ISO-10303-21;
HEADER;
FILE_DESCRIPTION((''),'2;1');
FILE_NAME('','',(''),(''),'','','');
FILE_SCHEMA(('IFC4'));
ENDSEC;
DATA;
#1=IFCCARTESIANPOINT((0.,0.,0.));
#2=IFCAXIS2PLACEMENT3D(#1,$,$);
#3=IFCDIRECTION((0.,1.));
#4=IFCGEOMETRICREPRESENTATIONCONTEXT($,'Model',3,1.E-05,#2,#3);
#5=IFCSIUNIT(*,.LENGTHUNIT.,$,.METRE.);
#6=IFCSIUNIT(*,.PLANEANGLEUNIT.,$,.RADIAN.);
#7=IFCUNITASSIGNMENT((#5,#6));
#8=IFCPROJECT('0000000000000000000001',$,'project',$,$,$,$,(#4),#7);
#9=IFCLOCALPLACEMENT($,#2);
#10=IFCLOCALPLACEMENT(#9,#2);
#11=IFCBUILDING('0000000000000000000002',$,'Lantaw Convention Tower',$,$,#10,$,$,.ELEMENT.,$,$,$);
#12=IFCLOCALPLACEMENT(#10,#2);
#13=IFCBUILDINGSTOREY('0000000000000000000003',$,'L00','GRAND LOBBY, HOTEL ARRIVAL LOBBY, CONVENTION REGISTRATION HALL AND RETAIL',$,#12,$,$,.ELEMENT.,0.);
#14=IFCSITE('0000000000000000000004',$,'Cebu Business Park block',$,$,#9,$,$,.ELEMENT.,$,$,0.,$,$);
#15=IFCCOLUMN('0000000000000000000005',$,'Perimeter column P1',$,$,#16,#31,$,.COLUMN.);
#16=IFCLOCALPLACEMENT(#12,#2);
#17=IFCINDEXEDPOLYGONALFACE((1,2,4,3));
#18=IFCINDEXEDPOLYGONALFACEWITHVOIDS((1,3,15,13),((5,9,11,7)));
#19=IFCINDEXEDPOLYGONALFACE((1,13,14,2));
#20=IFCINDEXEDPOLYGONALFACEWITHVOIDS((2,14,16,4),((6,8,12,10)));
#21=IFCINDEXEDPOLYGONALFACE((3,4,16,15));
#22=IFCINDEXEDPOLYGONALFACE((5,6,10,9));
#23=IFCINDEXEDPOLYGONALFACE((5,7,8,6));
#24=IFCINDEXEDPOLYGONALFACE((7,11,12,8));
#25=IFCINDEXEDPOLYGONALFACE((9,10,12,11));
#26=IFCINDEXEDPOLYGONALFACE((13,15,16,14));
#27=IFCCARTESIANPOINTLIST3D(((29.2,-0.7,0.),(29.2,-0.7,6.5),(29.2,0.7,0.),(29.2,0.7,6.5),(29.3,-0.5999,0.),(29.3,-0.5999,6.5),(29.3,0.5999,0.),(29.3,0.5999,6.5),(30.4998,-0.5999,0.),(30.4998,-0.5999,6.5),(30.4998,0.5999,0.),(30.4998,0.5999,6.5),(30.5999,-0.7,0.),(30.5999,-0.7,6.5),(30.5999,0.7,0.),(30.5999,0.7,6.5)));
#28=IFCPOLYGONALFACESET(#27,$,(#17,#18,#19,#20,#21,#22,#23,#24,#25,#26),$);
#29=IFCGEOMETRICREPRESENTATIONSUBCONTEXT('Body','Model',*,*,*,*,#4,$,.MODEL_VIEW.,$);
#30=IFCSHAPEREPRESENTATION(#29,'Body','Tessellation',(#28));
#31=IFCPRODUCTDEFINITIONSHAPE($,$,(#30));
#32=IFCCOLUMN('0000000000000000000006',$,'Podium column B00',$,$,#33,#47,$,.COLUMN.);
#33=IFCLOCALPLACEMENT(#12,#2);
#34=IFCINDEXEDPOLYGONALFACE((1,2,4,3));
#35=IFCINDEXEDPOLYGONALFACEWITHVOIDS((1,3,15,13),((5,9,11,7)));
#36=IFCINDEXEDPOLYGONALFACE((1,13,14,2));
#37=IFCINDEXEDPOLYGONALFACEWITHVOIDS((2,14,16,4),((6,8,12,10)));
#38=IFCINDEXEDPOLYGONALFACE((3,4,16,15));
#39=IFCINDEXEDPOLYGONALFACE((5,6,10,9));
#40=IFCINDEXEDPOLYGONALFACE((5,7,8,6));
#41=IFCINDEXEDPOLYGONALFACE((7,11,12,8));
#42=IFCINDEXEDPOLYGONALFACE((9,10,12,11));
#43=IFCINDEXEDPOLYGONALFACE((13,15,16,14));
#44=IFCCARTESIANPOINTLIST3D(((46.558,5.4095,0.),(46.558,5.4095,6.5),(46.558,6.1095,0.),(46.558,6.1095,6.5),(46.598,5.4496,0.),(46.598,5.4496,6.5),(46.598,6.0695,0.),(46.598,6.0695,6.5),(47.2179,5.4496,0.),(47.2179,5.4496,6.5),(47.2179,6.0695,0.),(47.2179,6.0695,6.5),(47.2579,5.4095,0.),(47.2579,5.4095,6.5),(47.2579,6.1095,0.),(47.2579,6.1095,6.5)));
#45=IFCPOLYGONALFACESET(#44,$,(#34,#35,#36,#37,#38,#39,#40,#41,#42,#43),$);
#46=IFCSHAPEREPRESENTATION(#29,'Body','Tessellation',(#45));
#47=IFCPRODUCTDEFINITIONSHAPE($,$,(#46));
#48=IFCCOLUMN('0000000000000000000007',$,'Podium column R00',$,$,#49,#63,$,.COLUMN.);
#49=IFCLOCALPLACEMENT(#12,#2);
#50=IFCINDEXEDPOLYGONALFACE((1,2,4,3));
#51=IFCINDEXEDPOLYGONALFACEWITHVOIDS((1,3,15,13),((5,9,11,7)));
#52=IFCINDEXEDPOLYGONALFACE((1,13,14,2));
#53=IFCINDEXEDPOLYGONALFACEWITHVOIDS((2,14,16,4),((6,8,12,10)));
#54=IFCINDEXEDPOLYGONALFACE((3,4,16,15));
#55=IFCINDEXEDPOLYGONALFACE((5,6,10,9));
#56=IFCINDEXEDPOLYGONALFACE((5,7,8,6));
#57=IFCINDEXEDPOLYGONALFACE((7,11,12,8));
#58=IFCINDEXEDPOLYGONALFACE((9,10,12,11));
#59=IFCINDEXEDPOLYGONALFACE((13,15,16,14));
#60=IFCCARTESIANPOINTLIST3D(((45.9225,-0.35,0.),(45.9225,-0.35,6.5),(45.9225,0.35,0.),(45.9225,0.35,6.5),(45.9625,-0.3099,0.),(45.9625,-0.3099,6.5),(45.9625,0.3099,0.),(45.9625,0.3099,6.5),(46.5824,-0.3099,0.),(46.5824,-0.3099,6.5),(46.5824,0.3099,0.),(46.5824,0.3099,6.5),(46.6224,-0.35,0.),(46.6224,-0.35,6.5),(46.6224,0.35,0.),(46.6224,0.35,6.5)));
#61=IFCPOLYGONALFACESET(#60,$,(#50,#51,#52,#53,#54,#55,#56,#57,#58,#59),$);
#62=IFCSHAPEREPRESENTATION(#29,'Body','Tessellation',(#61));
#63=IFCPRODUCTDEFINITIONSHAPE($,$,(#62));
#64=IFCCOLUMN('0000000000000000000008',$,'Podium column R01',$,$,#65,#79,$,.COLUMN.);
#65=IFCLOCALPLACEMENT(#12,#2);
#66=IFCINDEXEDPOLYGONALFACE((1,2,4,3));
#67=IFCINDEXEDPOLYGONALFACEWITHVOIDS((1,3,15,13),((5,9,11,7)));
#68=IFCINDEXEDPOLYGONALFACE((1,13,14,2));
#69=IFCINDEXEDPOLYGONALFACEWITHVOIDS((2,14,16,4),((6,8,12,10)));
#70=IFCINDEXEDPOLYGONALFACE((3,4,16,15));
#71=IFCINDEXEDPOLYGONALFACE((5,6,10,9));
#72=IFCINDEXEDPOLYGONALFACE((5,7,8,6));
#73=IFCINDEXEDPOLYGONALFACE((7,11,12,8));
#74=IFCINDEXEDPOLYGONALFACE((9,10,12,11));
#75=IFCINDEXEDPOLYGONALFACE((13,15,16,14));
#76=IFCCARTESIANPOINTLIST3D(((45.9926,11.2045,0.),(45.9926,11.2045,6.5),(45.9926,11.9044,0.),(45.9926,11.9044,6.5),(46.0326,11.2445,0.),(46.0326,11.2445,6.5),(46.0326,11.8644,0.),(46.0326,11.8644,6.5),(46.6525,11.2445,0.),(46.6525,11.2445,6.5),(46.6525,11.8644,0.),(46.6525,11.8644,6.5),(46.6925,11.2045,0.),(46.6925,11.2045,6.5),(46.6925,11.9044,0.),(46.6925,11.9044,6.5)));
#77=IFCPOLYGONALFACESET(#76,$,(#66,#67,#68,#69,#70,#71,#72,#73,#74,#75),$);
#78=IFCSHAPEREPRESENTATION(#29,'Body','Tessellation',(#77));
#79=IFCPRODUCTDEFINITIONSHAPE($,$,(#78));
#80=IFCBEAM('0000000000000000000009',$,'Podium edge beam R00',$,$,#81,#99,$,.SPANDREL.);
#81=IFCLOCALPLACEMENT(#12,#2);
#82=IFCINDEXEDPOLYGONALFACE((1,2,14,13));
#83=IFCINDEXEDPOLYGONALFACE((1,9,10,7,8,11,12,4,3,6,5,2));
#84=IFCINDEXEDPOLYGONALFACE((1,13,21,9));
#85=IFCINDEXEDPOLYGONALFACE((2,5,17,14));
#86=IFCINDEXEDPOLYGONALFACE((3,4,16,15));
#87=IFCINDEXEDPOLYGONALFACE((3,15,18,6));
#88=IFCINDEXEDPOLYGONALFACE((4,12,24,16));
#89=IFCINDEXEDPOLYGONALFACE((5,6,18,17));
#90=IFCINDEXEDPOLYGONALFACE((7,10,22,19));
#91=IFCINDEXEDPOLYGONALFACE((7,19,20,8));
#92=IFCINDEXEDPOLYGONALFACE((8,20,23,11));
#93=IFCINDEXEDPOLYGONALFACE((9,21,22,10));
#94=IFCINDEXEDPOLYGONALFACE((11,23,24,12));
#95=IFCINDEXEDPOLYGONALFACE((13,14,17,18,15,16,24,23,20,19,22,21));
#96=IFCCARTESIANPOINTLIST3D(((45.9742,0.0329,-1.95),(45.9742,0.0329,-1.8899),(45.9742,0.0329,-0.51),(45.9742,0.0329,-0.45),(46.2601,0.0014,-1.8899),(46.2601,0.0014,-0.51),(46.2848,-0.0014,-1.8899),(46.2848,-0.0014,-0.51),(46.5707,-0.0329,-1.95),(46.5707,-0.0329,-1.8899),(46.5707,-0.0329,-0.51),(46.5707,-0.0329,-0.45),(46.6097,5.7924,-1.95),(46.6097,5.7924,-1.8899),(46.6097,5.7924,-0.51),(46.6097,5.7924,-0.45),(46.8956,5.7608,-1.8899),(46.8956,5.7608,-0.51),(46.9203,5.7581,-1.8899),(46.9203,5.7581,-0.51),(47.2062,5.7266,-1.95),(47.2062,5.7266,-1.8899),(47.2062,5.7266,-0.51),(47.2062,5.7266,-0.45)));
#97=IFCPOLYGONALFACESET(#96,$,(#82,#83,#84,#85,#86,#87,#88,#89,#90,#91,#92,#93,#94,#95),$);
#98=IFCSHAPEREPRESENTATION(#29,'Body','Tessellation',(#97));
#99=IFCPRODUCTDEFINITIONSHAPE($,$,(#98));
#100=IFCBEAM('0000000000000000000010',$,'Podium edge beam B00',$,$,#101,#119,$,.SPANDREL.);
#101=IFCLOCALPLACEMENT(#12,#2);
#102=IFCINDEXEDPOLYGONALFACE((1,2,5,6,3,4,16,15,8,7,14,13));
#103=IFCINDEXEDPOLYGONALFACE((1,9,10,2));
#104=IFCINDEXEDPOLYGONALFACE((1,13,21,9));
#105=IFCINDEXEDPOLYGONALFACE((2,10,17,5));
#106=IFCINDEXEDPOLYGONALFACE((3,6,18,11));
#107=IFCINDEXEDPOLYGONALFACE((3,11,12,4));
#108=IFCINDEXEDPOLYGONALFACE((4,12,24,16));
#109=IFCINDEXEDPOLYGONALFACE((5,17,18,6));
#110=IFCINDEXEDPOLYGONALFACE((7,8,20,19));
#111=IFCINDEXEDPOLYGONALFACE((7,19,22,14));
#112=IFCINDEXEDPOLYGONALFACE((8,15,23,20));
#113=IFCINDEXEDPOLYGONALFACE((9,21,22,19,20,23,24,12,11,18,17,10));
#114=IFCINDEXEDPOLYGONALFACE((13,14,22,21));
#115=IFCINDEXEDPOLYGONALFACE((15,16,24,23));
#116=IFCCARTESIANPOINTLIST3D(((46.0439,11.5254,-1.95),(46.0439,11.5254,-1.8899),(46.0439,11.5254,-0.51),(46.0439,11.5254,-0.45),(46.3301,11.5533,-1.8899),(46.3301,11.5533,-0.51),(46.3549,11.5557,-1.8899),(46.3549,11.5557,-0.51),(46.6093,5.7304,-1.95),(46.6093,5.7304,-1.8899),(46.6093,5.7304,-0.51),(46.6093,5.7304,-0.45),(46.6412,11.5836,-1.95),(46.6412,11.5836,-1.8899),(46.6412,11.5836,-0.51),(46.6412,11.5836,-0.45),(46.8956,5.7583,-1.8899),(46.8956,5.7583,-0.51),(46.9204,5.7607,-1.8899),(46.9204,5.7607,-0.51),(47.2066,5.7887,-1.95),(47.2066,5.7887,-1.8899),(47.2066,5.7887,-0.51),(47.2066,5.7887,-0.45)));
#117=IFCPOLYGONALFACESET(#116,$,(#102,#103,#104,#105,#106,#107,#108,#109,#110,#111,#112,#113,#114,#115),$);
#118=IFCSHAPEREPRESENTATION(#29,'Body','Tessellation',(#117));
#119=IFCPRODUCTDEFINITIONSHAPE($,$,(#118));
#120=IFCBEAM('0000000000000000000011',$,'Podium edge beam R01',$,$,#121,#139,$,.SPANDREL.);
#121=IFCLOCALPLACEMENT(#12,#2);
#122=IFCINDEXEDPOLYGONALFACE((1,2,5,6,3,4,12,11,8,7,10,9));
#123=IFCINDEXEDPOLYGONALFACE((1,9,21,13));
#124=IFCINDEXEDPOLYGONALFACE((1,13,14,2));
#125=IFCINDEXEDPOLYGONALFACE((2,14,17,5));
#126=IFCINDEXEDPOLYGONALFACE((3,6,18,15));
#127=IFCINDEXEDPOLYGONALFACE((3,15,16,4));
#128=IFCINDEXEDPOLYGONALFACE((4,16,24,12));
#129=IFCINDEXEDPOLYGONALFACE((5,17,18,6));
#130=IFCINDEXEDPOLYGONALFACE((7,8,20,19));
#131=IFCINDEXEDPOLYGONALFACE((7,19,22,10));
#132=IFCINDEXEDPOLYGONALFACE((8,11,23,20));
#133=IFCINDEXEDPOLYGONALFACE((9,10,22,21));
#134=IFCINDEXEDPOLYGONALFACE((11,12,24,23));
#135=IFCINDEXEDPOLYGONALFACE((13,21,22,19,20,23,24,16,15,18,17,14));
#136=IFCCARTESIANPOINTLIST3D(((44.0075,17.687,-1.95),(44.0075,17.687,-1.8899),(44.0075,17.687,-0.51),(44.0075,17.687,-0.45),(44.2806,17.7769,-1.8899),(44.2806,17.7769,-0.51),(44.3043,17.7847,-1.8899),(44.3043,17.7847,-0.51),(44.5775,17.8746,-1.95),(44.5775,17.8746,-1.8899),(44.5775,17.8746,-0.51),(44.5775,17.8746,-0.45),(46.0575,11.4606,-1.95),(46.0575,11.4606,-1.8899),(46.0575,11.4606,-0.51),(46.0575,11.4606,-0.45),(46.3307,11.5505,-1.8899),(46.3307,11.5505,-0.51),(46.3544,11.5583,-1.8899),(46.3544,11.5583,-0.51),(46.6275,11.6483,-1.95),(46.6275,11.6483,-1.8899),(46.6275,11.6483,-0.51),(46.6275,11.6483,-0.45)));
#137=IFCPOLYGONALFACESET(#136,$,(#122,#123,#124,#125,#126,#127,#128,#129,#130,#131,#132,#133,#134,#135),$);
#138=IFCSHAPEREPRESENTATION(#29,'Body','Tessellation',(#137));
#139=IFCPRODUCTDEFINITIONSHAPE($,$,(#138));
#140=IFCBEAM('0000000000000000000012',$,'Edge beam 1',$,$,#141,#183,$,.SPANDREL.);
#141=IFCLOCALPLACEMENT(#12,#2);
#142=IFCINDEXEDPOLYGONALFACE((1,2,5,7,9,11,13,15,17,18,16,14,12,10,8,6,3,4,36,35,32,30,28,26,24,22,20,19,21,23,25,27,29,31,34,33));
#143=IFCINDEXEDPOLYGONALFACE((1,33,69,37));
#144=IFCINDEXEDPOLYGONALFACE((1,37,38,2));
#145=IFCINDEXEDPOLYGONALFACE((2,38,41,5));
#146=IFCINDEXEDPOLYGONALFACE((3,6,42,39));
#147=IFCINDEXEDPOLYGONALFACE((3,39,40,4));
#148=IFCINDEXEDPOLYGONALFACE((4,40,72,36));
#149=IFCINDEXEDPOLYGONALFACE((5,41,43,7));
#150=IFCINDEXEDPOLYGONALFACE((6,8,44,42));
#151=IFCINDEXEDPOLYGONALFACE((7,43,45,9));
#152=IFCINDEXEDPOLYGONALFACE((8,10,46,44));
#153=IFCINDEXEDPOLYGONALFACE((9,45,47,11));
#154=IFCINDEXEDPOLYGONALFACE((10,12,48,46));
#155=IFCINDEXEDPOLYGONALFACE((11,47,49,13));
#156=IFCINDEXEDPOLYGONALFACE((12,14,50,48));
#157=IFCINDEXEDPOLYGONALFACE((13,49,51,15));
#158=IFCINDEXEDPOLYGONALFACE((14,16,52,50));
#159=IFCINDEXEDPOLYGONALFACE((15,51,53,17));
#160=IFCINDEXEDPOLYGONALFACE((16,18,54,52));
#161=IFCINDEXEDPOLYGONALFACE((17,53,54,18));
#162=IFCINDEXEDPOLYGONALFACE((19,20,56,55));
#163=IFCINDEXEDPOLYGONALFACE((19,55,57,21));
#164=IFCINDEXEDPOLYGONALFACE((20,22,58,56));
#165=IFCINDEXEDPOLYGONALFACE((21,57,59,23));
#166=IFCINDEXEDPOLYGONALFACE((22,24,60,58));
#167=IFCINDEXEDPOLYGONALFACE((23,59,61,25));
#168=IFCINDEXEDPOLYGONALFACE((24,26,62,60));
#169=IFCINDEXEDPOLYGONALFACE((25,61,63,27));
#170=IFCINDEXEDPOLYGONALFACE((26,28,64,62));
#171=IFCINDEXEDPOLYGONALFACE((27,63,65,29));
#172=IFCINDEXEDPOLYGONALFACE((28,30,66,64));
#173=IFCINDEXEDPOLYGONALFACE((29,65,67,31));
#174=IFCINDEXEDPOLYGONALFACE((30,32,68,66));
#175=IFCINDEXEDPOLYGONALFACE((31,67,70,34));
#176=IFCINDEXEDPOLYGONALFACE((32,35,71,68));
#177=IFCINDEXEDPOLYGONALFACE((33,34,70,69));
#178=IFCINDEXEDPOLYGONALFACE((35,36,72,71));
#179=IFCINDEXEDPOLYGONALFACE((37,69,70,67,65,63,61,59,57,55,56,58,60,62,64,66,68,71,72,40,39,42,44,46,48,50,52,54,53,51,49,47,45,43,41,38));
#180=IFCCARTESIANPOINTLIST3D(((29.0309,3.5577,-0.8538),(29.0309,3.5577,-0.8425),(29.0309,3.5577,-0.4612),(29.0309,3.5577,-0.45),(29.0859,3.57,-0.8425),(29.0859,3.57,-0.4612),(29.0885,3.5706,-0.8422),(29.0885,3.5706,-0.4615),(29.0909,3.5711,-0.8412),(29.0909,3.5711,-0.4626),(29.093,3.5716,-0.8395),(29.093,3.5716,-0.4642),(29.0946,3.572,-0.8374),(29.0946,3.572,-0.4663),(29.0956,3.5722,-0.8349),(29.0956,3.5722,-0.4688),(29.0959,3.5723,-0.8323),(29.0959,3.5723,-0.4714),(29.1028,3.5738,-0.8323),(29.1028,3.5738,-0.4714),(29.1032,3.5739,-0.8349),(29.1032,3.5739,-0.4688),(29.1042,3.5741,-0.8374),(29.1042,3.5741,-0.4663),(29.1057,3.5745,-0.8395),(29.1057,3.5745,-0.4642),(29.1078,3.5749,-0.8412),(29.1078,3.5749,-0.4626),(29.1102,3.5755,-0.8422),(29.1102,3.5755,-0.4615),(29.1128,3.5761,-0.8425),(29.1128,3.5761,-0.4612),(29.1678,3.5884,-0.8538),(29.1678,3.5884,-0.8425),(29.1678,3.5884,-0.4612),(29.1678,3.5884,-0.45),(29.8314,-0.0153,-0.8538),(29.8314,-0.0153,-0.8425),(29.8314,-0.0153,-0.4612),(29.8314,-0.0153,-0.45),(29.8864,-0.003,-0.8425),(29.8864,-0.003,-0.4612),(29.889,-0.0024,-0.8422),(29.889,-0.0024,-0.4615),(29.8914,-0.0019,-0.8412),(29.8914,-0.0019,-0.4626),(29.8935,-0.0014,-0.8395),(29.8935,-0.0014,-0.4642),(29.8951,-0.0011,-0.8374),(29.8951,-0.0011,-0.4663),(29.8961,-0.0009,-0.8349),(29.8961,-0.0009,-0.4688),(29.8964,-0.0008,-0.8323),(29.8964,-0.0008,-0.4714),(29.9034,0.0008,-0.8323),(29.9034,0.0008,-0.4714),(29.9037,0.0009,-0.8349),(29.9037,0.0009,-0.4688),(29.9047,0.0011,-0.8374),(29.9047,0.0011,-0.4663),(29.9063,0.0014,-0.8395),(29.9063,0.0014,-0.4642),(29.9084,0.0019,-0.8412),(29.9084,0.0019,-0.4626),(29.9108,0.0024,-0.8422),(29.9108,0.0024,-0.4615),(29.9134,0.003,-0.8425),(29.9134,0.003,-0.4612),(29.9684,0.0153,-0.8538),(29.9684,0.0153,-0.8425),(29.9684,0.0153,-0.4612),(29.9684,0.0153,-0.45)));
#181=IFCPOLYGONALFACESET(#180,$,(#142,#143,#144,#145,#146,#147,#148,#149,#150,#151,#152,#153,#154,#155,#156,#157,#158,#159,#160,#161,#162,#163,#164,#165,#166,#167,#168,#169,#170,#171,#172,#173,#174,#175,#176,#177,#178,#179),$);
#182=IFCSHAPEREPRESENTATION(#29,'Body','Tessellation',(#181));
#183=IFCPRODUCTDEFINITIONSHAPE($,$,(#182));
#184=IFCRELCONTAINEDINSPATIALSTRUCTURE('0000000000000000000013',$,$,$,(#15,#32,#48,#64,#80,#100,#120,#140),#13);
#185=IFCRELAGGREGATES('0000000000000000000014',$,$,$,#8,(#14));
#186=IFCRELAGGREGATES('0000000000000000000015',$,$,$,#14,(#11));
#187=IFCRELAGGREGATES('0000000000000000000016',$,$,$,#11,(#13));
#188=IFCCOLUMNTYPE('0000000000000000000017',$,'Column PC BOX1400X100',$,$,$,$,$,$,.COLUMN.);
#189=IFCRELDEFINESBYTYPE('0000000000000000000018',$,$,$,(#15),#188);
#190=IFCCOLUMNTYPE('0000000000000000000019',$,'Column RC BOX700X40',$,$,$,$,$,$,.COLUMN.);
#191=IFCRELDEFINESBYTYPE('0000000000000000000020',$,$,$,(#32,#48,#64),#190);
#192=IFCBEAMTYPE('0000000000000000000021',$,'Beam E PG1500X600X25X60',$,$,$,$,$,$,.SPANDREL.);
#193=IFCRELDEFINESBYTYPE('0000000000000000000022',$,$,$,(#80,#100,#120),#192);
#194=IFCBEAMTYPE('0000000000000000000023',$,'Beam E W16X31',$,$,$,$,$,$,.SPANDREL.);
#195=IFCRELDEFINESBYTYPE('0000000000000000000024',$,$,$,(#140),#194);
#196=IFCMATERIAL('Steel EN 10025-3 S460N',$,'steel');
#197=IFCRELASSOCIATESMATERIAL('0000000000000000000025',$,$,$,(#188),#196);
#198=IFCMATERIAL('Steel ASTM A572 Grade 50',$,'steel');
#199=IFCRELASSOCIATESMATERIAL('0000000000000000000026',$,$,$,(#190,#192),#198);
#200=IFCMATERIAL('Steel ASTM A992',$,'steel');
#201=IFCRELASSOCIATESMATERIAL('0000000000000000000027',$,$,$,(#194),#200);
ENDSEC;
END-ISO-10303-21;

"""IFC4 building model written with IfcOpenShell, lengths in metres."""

from ifc_helpers import new_model, si_unit, direction, frame, origin, origin_2d, place, context, subcontext, project, spatial, rectangle, hollow_rectangle, i_section, extrude, material, material_profile, profile_set, type_object, element, save


model = new_model("IFC4")

# Units and contexts
model_context = context("Model", 3, precision=1e-05, world=origin(), true_north=direction((0.0, 1.0)))
body_context = subcontext(model_context, "Body", "Model", "MODEL_VIEW")
ifc_project = project(units=[si_unit("LENGTHUNIT", "METRE"), si_unit("PLANEANGLEUNIT", "RADIAN")], contexts=[model_context])

# Site, building, storey
site_placement = place(None, origin())
site = spatial("IfcSite", under=ifc_project, at=site_placement, Name="Cebu Business Park block", CompositionType="ELEMENT", RefElevation=0.0)
building_placement = place(site_placement, origin())
building = spatial("IfcBuilding", under=site, at=building_placement, Name="Lantaw Convention Tower", CompositionType="ELEMENT")
storey_placement = place(building_placement, origin())
storey = spatial("IfcBuildingStorey", under=building, at=storey_placement, Name="L00", Description="GRAND LOBBY, HOTEL ARRIVAL LOBBY, CONVENTION REGISTRATION HALL AND RETAIL", CompositionType="ELEMENT", Elevation=0.0)

# Columns
ifc_material_1 = material(Name="Steel EN 10025-3 S460N", Category="steel")
ifc_material_profile_1 = material_profile(ifc_material_1, hollow_rectangle(XDim=1.3999, YDim=1.3999, WallThickness=0.1001, at=origin_2d()), Name="BOX1400X100")
ifc_material_2 = material(Name="Concrete C60/75", Category="concrete")
ifc_material_profile_2 = material_profile(ifc_material_2, rectangle(XDim=1.2, YDim=1.2, at=origin_2d()), Name="Concrete fill of BOX1400X100")
ifc_profile_set_1 = profile_set([ifc_material_profile_1, ifc_material_profile_2], Name="Steel EN 10025-3 S460N")
column_type_1 = type_object("IfcColumnType", Name="Column PC BOX1400X100", PredefinedType="COLUMN", material=ifc_profile_set_1)
column_placement = place(storey_placement, frame((29.8999, 0.0, 0.0), z_axis=(0.0, 0.0, 1.0), x_axis=(1.0, 0.0, 0.0)))
element("IfcColumn", 1, at=column_placement, inside=storey, type_object=column_type_1, Name="Perimeter column P1", PredefinedType="COLUMN", context=body_context, shape_type="SweptSolid", body=[
    extrude(hollow_rectangle(XDim=1.3999, YDim=1.3999, WallThickness=0.1001, at=origin_2d()), origin(), (0.0, 0.0, 1.0), 6.5),
])
ifc_material_3 = material(Name="Steel ASTM A572 Grade 50", Category="steel")
ifc_material_profile_3 = material_profile(ifc_material_3, hollow_rectangle(XDim=0.7, YDim=0.7, WallThickness=0.04, at=origin_2d()), Name="BOX700X40")
ifc_profile_set_2 = profile_set([ifc_material_profile_3], Name="Steel ASTM A572 Grade 50")
column_type_2 = type_object("IfcColumnType", Name="Column RC BOX700X40", PredefinedType="COLUMN", material=ifc_profile_set_2)
for number, where, z_axis, x_axis, name in (
    (2, (46.908, 5.7595, 0.0), (0.0, 0.0, 1.0), (1.0, 0.0, 0.0), "Podium column B00"),
    (3, (46.2725, 0.0, 0.0), (0.0, 0.0, 1.0), (1.0, 0.0, 0.0), "Podium column R00"),
    (4, (46.3425, 11.5544, 0.0), (0.0, 0.0, 1.0), (1.0, 0.0, 0.0), "Podium column R01"),
):
    element("IfcColumn", number, at=place(storey_placement, frame(where, z_axis=z_axis, x_axis=x_axis)), inside=storey, type_object=column_type_2, Name=name, PredefinedType="COLUMN", context=body_context, shape_type="SweptSolid", body=[
        extrude(hollow_rectangle(XDim=0.7, YDim=0.7, WallThickness=0.04, at=origin_2d()), origin(), (0.0, 0.0, 1.0), 6.5),
    ])

# Beams
ifc_material_profile_4 = material_profile(ifc_material_3, i_section(OverallWidth=0.6001, OverallDepth=1.5, WebThickness=0.0249, FlangeThickness=0.0601, at=origin_2d()), Name="PG1500X600X25X60")
ifc_profile_set_3 = profile_set([ifc_material_profile_4], Name="Steel ASTM A572 Grade 50")
beam_type_1 = type_object("IfcBeamType", Name="Beam E PG1500X600X25X60", PredefinedType="SPANDREL", material=ifc_profile_set_3)
beam_1_placement = place(storey_placement, frame((46.2725, 0.0, -1.2), z_axis=(0.109673, 0.993968, 0.0), x_axis=(-0.993968, 0.109673, 0.0)))
element("IfcBeam", 5, at=beam_1_placement, inside=storey, type_object=beam_type_1, Name="Podium edge beam R00", PredefinedType="SPANDREL", context=body_context, shape_type="SweptSolid", body=[
    extrude(i_section(OverallWidth=0.6001, OverallDepth=1.5, WebThickness=0.0249, FlangeThickness=0.0601, at=origin_2d()), origin(), (0.0, 0.0, 1.0), 5.7944),
])
beam_2_placement = place(storey_placement, frame((46.908, 5.7595, -1.2), z_axis=(-0.097112, 0.995273, 0.0), x_axis=(-0.995273, -0.097112, 0.0)))
element("IfcBeam", 6, at=beam_2_placement, inside=storey, type_object=beam_type_1, Name="Podium edge beam B00", PredefinedType="SPANDREL", context=body_context, shape_type="SweptSolid", body=[
    extrude(i_section(OverallWidth=0.6001, OverallDepth=1.5, WebThickness=0.0249, FlangeThickness=0.0601, at=origin_2d()), origin(), (0.0, 0.0, 1.0), 5.8225),
])
beam_3_placement = place(storey_placement, frame((46.3425, 11.5544, -1.2), z_axis=(-0.31274, 0.949839, 0.0), x_axis=(-0.949839, -0.31274, 0.0)))
element("IfcBeam", 7, at=beam_3_placement, inside=storey, type_object=beam_type_1, Name="Podium edge beam R01", PredefinedType="SPANDREL", context=body_context, shape_type="SweptSolid", body=[
    extrude(i_section(OverallWidth=0.6001, OverallDepth=1.5, WebThickness=0.0249, FlangeThickness=0.0601, at=origin_2d()), origin(), (0.0, 0.0, 1.0), 6.5552),
])
ifc_material_4 = material(Name="Steel ASTM A992", Category="steel")
ifc_material_profile_5 = material_profile(ifc_material_4, i_section(OverallWidth=0.1404, OverallDepth=0.4038, WebThickness=0.0071, FlangeThickness=0.0112, FilletRadius=0.0103, at=origin_2d()), Name="W16X31")
ifc_profile_set_4 = profile_set([ifc_material_profile_5], Name="Steel ASTM A992")
beam_type_2 = type_object("IfcBeamType", Name="Beam E W16X31", PredefinedType="SPANDREL", material=ifc_profile_set_4)
beam_4_placement = place(storey_placement, frame((29.8999, 0.0, -0.6519), z_axis=(-0.218632, 0.975807, 0.0), x_axis=(-0.975807, -0.218632, 0.0)))
element("IfcBeam", 8, at=beam_4_placement, inside=storey, type_object=beam_type_2, Name="Edge beam 1", PredefinedType="SPANDREL", context=body_context, shape_type="SweptSolid", body=[
    extrude(i_section(OverallWidth=0.1404, OverallDepth=0.4038, WebThickness=0.0071, FlangeThickness=0.0112, FilletRadius=0.0103, at=origin_2d()), origin(), (0.0, 0.0, 1.0), 3.6616),
])

save(model, "model.ifc")
